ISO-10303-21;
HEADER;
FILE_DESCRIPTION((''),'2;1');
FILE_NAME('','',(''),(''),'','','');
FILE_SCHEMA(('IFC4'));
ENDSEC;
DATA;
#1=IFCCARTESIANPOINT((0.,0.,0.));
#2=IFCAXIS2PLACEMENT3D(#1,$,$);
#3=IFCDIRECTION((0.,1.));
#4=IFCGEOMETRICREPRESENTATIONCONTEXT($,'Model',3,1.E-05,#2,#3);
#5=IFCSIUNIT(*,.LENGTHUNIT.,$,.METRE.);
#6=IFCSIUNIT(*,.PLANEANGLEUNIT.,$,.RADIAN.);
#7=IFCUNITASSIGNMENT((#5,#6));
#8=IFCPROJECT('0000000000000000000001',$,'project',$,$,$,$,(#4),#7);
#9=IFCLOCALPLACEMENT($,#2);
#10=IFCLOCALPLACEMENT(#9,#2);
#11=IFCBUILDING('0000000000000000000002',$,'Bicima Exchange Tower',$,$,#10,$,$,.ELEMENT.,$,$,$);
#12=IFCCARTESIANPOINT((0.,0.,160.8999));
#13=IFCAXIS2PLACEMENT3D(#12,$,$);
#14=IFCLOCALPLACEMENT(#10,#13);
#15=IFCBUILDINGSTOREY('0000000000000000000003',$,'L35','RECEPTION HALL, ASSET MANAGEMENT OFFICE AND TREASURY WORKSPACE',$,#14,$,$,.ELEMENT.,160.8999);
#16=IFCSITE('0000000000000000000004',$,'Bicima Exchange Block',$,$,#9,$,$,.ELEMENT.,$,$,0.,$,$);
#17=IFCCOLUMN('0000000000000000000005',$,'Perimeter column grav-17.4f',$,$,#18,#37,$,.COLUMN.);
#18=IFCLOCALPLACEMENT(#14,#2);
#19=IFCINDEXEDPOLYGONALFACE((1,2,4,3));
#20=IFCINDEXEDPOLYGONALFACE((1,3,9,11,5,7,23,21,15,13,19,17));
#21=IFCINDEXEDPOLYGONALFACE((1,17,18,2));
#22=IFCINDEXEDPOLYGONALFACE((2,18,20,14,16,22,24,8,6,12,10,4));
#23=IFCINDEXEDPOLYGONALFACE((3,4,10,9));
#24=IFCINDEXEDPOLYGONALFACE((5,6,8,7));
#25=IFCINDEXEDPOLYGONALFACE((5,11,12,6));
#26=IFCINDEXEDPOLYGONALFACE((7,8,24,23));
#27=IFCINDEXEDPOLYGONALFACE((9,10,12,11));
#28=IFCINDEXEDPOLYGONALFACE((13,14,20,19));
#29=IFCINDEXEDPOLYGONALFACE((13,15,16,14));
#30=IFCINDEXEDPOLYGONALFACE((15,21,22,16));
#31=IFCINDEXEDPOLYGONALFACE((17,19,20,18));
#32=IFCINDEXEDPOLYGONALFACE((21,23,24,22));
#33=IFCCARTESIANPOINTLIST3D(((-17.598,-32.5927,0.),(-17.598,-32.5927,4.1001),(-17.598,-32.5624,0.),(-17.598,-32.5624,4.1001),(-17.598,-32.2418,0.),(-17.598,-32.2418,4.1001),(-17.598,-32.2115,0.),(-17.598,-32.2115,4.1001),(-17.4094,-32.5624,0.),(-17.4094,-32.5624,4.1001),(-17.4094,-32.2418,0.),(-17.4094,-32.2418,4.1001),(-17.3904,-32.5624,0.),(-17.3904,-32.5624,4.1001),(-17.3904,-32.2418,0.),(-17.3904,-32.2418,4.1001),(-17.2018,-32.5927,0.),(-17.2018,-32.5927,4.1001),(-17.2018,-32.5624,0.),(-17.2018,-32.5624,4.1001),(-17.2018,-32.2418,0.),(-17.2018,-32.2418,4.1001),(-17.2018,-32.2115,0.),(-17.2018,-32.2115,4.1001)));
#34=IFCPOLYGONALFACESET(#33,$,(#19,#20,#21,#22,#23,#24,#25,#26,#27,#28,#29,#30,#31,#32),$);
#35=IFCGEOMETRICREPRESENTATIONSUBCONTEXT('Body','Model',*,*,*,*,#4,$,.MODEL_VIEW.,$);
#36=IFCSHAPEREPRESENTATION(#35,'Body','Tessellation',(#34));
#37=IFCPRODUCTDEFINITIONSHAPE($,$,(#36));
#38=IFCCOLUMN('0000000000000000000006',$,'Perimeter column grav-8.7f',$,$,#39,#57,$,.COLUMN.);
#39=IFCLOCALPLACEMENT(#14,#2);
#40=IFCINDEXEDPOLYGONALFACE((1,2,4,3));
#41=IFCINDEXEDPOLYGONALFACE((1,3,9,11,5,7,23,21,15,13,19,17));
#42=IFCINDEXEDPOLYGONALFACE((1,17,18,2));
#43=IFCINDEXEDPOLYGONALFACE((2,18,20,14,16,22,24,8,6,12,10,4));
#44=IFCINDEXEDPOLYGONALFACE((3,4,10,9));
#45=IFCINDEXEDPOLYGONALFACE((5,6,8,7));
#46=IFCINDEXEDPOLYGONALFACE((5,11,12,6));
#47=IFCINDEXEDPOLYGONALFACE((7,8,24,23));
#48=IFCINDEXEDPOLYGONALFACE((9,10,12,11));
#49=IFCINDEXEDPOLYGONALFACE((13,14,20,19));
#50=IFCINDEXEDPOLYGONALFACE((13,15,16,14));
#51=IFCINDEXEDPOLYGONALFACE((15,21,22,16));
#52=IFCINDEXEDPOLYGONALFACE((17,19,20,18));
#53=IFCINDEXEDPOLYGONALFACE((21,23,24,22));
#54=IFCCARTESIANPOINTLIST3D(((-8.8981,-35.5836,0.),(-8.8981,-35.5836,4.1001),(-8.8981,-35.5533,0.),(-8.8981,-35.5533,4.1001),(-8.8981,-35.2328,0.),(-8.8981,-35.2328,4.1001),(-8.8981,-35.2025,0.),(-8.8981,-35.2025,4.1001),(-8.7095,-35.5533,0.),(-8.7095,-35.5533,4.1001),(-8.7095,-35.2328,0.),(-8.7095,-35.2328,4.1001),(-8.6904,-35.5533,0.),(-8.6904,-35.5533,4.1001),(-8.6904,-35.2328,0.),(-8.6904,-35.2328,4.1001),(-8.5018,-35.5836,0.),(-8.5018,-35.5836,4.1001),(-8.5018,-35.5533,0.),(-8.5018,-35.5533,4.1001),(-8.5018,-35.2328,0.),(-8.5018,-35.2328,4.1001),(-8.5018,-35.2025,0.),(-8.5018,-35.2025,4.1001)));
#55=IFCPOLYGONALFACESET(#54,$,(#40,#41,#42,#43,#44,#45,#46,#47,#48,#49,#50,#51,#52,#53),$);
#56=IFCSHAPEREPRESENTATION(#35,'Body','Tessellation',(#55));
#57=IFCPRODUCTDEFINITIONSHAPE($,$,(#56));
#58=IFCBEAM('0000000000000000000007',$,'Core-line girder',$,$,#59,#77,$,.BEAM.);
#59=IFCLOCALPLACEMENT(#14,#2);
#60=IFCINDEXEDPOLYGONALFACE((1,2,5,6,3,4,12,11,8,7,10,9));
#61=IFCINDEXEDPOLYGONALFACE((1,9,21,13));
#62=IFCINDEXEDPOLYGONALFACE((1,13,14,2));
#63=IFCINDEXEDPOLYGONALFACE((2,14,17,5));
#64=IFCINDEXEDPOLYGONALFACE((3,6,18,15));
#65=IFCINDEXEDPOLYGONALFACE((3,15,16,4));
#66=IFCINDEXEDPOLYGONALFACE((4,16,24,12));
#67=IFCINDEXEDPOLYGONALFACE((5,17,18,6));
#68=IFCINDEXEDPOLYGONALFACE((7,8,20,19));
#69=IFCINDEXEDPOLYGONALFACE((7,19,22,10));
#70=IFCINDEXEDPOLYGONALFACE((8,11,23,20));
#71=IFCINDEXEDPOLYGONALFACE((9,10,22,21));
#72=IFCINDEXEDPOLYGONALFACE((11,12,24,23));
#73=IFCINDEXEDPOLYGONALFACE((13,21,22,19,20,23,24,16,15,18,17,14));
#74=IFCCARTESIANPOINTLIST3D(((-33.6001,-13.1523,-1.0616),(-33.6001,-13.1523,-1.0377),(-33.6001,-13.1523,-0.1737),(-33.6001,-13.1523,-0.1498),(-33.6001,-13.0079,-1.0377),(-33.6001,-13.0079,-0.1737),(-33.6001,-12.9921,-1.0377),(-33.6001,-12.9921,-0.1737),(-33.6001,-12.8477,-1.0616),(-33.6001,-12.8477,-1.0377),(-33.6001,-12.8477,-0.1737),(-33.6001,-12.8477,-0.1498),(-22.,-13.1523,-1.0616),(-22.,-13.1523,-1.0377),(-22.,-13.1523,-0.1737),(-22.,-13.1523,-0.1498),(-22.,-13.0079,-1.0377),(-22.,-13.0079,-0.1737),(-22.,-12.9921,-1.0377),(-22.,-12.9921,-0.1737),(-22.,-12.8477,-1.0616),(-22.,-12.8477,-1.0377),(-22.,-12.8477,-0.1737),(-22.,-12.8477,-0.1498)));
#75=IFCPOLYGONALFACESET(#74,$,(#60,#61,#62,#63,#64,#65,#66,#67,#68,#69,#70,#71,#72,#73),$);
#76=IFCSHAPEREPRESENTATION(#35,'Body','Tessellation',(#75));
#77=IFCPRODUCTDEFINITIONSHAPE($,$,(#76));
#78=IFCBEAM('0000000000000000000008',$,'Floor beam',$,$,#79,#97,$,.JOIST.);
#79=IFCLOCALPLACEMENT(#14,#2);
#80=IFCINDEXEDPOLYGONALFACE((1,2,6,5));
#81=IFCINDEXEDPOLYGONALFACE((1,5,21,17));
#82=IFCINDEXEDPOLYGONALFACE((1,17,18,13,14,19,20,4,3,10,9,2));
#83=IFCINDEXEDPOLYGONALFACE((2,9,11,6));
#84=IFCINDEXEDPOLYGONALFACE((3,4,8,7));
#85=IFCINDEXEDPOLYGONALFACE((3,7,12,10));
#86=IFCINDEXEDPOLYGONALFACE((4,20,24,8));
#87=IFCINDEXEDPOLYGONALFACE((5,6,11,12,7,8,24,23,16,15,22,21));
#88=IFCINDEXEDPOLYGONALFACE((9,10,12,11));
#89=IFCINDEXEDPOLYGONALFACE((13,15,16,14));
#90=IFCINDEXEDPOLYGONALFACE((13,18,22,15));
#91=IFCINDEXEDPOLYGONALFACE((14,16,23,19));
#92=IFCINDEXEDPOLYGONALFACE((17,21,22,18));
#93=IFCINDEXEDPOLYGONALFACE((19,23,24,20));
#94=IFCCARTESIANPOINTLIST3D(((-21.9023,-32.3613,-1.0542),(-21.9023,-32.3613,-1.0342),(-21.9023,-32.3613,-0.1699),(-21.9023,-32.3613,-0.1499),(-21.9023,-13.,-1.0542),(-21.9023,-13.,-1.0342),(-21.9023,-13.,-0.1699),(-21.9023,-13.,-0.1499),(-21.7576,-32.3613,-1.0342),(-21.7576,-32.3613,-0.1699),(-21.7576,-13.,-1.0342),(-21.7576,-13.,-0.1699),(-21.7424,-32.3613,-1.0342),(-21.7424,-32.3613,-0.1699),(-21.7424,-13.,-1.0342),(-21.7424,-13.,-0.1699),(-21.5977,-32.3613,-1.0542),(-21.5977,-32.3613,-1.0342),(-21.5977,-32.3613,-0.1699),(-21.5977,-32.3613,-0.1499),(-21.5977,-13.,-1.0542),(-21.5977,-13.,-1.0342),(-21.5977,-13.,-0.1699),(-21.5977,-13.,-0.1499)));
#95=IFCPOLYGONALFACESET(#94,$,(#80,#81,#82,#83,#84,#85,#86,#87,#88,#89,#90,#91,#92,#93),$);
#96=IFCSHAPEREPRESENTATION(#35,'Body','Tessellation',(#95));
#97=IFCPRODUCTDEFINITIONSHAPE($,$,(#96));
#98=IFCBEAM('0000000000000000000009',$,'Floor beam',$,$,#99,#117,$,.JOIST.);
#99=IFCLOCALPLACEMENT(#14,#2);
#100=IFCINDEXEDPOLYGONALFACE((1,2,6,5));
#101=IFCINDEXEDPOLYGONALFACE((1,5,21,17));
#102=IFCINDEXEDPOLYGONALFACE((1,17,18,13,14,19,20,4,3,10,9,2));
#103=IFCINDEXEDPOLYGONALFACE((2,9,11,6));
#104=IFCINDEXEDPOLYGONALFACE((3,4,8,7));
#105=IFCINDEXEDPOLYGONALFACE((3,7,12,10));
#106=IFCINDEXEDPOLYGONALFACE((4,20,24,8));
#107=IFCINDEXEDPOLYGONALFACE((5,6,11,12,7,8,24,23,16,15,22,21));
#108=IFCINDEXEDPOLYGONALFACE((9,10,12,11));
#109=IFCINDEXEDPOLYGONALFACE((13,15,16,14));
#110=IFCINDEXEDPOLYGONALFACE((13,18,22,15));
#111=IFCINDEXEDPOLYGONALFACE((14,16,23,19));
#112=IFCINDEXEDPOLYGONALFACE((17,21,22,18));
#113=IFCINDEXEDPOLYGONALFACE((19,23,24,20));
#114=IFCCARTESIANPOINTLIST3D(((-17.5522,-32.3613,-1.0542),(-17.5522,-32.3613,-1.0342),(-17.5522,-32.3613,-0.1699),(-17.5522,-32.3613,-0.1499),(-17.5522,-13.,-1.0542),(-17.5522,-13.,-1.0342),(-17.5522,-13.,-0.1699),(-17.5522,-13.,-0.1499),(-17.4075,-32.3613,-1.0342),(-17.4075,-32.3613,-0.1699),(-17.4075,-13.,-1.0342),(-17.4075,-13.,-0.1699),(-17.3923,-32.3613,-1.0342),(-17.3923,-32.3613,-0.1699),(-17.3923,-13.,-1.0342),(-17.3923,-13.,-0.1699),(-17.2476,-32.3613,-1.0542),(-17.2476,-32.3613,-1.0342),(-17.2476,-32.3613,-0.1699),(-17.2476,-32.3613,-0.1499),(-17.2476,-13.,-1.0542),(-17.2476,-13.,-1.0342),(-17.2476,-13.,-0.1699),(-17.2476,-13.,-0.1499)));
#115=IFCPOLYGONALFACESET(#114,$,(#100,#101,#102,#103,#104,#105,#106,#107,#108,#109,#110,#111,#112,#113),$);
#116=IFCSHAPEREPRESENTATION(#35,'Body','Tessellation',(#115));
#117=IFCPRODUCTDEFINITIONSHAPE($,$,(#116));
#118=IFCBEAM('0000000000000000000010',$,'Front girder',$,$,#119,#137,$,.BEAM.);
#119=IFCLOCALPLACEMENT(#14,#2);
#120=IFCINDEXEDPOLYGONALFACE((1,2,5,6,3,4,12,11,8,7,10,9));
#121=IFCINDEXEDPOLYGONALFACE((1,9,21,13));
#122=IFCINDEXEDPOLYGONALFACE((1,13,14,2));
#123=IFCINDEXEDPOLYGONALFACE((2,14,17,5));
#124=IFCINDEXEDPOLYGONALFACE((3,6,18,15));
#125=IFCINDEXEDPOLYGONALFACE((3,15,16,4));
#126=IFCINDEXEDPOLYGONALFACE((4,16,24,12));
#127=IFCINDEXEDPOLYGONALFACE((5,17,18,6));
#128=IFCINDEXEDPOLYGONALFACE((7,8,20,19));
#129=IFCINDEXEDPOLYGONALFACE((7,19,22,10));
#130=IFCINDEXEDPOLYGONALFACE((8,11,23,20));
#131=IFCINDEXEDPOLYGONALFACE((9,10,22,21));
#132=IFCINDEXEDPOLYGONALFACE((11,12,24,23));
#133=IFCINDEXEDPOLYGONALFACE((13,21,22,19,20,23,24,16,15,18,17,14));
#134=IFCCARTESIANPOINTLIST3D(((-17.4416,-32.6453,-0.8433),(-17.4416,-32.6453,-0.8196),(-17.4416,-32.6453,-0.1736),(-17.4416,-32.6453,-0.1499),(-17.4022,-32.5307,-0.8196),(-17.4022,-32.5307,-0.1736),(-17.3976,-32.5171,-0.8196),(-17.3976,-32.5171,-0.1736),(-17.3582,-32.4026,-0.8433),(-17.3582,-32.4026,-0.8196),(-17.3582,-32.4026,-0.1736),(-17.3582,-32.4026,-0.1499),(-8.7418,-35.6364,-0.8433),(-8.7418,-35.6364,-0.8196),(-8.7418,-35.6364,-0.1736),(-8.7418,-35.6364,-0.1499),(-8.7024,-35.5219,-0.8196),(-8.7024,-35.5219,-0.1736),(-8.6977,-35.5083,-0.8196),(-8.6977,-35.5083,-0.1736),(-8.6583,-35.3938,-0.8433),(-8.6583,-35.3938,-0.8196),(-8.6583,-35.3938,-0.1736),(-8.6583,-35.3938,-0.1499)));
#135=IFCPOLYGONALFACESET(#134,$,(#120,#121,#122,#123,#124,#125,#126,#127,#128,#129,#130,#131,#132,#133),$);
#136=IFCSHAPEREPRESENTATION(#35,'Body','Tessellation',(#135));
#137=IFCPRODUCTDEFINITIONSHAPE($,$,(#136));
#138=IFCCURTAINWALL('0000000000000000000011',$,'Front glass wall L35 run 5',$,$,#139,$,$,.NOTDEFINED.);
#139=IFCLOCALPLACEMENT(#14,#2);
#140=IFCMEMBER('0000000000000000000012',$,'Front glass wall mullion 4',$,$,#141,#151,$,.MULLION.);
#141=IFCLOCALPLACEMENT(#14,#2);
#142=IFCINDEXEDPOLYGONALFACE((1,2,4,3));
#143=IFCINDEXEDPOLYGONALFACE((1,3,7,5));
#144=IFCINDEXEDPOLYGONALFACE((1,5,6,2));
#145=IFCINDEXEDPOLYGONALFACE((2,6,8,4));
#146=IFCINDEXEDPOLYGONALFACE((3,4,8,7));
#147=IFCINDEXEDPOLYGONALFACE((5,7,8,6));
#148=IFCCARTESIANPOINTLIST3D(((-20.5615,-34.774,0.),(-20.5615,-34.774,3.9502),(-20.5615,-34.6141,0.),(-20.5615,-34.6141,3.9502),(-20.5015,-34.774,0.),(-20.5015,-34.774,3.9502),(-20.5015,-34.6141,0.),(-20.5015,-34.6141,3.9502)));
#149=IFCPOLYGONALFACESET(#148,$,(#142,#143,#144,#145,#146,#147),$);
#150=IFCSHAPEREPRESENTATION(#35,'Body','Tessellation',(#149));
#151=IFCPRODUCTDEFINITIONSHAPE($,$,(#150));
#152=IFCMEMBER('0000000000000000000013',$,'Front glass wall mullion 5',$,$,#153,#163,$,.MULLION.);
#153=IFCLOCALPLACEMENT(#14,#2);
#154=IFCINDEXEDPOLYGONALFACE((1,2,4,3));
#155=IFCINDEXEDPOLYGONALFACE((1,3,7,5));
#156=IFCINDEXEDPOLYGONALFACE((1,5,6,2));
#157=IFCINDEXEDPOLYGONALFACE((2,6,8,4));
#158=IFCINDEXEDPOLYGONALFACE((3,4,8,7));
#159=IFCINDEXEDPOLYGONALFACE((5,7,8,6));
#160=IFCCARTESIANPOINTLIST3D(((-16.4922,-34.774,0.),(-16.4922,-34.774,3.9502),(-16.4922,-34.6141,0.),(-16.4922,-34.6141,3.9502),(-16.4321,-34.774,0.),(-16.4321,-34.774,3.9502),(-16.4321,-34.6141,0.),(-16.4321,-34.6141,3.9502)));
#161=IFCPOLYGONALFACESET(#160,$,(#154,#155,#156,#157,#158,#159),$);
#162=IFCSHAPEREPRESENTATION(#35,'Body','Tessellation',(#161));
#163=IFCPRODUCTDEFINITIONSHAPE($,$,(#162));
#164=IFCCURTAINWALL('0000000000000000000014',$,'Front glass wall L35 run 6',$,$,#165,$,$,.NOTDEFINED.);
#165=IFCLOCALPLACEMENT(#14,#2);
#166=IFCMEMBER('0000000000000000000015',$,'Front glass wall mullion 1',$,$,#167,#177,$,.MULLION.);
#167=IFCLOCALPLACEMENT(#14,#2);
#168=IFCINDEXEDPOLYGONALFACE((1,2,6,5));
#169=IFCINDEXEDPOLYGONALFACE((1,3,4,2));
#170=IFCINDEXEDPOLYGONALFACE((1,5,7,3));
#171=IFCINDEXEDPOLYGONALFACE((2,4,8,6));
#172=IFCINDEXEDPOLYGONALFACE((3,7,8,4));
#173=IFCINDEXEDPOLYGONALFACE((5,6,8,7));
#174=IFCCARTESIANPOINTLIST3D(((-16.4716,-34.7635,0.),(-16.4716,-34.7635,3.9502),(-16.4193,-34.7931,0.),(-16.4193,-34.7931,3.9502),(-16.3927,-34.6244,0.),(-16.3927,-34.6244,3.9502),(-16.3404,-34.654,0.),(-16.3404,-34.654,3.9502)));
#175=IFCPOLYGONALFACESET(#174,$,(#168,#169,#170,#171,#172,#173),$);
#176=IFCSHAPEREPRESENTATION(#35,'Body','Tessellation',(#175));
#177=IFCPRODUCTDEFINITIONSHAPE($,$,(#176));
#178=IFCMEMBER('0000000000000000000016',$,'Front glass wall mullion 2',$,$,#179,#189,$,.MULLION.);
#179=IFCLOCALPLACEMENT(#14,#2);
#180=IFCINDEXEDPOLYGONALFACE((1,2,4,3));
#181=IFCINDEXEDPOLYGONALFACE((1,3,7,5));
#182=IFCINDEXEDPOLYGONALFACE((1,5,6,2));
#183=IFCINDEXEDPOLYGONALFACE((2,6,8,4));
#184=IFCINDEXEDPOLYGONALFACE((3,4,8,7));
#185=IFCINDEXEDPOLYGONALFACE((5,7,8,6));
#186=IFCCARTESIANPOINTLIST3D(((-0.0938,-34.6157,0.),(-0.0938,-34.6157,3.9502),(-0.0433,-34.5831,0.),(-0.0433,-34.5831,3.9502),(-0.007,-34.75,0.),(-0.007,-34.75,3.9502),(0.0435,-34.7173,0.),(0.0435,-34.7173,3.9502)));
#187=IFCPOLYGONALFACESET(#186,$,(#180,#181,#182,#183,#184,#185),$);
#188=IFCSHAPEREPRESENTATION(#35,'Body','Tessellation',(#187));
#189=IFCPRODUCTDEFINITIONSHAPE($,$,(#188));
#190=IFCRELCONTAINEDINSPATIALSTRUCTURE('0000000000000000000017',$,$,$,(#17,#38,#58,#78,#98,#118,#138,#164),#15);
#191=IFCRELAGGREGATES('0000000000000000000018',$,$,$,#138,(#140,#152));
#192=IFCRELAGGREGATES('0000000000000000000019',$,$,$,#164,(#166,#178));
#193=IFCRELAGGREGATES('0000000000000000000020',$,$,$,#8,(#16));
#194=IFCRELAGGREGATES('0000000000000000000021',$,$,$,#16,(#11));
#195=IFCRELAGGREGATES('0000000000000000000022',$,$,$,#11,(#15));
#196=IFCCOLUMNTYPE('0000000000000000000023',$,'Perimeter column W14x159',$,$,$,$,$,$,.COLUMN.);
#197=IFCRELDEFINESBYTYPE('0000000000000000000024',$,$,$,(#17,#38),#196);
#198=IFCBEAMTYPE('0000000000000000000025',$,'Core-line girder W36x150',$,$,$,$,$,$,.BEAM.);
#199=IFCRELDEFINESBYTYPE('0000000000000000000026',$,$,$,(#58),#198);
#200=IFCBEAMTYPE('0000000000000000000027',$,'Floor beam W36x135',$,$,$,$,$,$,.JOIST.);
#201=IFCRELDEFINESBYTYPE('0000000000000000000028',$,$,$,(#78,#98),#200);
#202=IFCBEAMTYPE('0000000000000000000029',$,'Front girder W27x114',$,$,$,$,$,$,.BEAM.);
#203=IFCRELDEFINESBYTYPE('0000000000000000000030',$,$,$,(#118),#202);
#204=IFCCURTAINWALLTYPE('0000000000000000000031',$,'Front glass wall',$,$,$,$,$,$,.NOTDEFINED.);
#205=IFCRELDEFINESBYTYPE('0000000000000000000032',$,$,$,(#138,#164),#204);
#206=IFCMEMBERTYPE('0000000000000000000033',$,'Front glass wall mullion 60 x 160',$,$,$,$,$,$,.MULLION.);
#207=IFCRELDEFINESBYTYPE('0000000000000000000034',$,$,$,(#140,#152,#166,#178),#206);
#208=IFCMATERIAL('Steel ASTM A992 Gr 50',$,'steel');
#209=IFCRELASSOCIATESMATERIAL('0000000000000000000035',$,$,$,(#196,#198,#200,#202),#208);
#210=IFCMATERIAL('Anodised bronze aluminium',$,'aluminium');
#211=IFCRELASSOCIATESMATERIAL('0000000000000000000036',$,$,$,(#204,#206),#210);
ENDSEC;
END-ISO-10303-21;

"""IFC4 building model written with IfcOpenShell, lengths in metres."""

from ifc_helpers import new_model, si_unit, direction, frame, origin, origin_2d, place, context, subcontext, project, spatial, rectangle, i_section, extrude, material, material_profile, profile_set, type_object, element, aggregate, save


model = new_model("IFC4")

# Units and contexts
model_context = context("Model", 3, precision=1e-05, world=origin(), true_north=direction((0.0, 1.0)))
body_context = subcontext(model_context, "Body", "Model", "MODEL_VIEW")
ifc_project = project(units=[si_unit("LENGTHUNIT", "METRE"), si_unit("PLANEANGLEUNIT", "RADIAN")], contexts=[model_context])

# Site, building, storey
site_placement = place(None, origin())
site = spatial("IfcSite", under=ifc_project, at=site_placement, Name="Bicima Exchange Block", CompositionType="ELEMENT", RefElevation=0.0)
building_placement = place(site_placement, origin())
building = spatial("IfcBuilding", under=site, at=building_placement, Name="Bicima Exchange Tower", CompositionType="ELEMENT")
storey_placement = place(building_placement, frame((0.0, 0.0, 160.8999)))
storey = spatial("IfcBuildingStorey", under=building, at=storey_placement, Name="L35", Description="RECEPTION HALL, ASSET MANAGEMENT OFFICE AND TREASURY WORKSPACE", CompositionType="ELEMENT", Elevation=160.8999)

# Columns
ifc_material_1 = material(Name="Steel ASTM A992 Gr 50", Category="steel")
ifc_material_profile_1 = material_profile(ifc_material_1, i_section(OverallWidth=0.3962, OverallDepth=0.3811, WebThickness=0.019, FlangeThickness=0.0303, at=origin_2d()))
ifc_profile_set_1 = profile_set([ifc_material_profile_1], Name="Steel ASTM A992 Gr 50")
column_type = type_object("IfcColumnType", Name="Perimeter column W14x159", PredefinedType="COLUMN", material=ifc_profile_set_1)
for number, where, z_axis, x_axis, name in (
    (1, (-17.3999, -32.4021, 0.0), (0.0, 0.0, 1.0), (1.0, 0.0, 0.0), "Perimeter column grav-17.4f"),
    (2, (-8.7, -35.3931, 0.0), (0.0, 0.0, 1.0), (1.0, 0.0, 0.0), "Perimeter column grav-8.7f"),
):
    element("IfcColumn", number, at=place(storey_placement, frame(where, z_axis=z_axis, x_axis=x_axis)), inside=storey, type_object=column_type, Name=name, PredefinedType="COLUMN", context=body_context, shape_type="SweptSolid", body=[
        extrude(i_section(OverallWidth=0.3962, OverallDepth=0.3811, WebThickness=0.019, FlangeThickness=0.0303, at=origin_2d()), origin(), (0.0, 0.0, 1.0), 4.1001),
    ])

# Beams
ifc_material_profile_2 = material_profile(ifc_material_1, i_section(OverallWidth=0.3047, OverallDepth=0.9119, WebThickness=0.0159, FlangeThickness=0.0239, at=origin_2d()))
ifc_profile_set_2 = profile_set([ifc_material_profile_2], Name="Steel ASTM A992 Gr 50")
beam_type_1 = type_object("IfcBeamType", Name="Core-line girder W36x150", PredefinedType="BEAM", material=ifc_profile_set_2)
beam_1_placement = place(storey_placement, frame((-22.0, -13.0, -0.6057), z_axis=(-1.0, 0.0, 0.0), x_axis=(0.0, -1.0, 0.0)))
element("IfcBeam", 3, at=beam_1_placement, inside=storey, type_object=beam_type_1, Name="Core-line girder", PredefinedType="BEAM", context=body_context, shape_type="SweptSolid", body=[
    extrude(i_section(OverallWidth=0.3047, OverallDepth=0.9119, WebThickness=0.0159, FlangeThickness=0.0239, at=origin_2d()), origin(), (0.0, 0.0, 1.0), 11.6001),
])
ifc_material_profile_3 = material_profile(ifc_material_1, i_section(OverallWidth=0.3047, OverallDepth=0.9043, WebThickness=0.0151, FlangeThickness=0.02, at=origin_2d()))
ifc_profile_set_3 = profile_set([ifc_material_profile_3], Name="Steel ASTM A992 Gr 50")
beam_type_2 = type_object("IfcBeamType", Name="Floor beam W36x135", PredefinedType="JOIST", material=ifc_profile_set_3)
for number, where, z_axis, x_axis, name in (
    (4, (-21.75, -13.0, -0.6021), (0.0, -1.0, 0.0), (1.0, 0.0, 0.0), "Floor beam"),
    (5, (-17.3999, -13.0, -0.6021), (0.0, -1.0, 0.0), (1.0, 0.0, 0.0), "Floor beam"),
):
    element("IfcBeam", number, at=place(storey_placement, frame(where, z_axis=z_axis, x_axis=x_axis)), inside=storey, type_object=beam_type_2, Name=name, PredefinedType="JOIST", context=body_context, shape_type="SweptSolid", body=[
        extrude(i_section(OverallWidth=0.3047, OverallDepth=0.9043, WebThickness=0.0151, FlangeThickness=0.02, at=origin_2d()), origin(), (0.0, 0.0, 1.0), 19.3613),
    ])
ifc_material_profile_4 = material_profile(ifc_material_1, i_section(OverallWidth=0.2566, OverallDepth=0.6934, WebThickness=0.0144, FlangeThickness=0.0237, at=origin_2d()))
ifc_profile_set_4 = profile_set([ifc_material_profile_4], Name="Steel ASTM A992 Gr 50")
beam_type_3 = type_object("IfcBeamType", Name="Front girder W27x114", PredefinedType="BEAM", material=ifc_profile_set_4)
beam_2_placement = place(storey_placement, frame((-17.3999, -32.5239, -0.4966), z_axis=(0.945666, -0.325138, 0.0), x_axis=(0.325138, 0.945666, 0.0)))
element("IfcBeam", 6, at=beam_2_placement, inside=storey, type_object=beam_type_3, Name="Front girder", PredefinedType="BEAM", context=body_context, shape_type="SweptSolid", body=[
    extrude(i_section(OverallWidth=0.2566, OverallDepth=0.6934, WebThickness=0.0144, FlangeThickness=0.0237, at=origin_2d()), origin(), (0.0, 0.0, 1.0), 9.1997),
])

# Curtain walls, members
ifc_material_2 = material(Name="Anodised bronze aluminium", Category="aluminium")
curtain_wall_type = type_object("IfcCurtainWallType", Name="Front glass wall", PredefinedType="NOTDEFINED", material=ifc_material_2)
curtain_wall_1_placement = place(storey_placement, origin())
curtain_wall_1 = element("IfcCurtainWall", 7, at=curtain_wall_1_placement, inside=storey, type_object=curtain_wall_type, Name="Front glass wall L35 run 5", PredefinedType="NOTDEFINED")
ifc_material_profile_5 = material_profile(ifc_material_2, rectangle(XDim=0.1599, YDim=0.0601, at=origin_2d()))
ifc_profile_set_5 = profile_set([ifc_material_profile_5], Name="Anodised bronze aluminium")
member_type_1 = type_object("IfcMemberType", Name="Front glass wall mullion 60 x 160", PredefinedType="MULLION", material=ifc_profile_set_5)
member_1_placement = place(storey_placement, frame((-20.5315, -34.6941, 0.0), z_axis=(0.0, 0.0, 1.0), x_axis=(0.0, 1.0, 0.0)))
member_1 = element("IfcMember", 8, at=member_1_placement, type_object=member_type_1, Name="Front glass wall mullion 4", PredefinedType="MULLION", context=body_context, shape_type="SweptSolid", body=[
    extrude(rectangle(XDim=0.1599, YDim=0.0601, at=origin_2d()), origin(), (0.0, 0.0, 1.0), 3.9502),
])
member_2_placement = place(storey_placement, frame((-16.4622, -34.6941, 0.0), z_axis=(0.0, 0.0, 1.0), x_axis=(0.0, 1.0, 0.0)))
member_2 = element("IfcMember", 9, at=member_2_placement, type_object=member_type_1, Name="Front glass wall mullion 5", PredefinedType="MULLION", context=body_context, shape_type="SweptSolid", body=[
    extrude(rectangle(XDim=0.1599, YDim=0.0601, at=origin_2d()), origin(), (0.0, 0.0, 1.0), 3.9502),
])
curtain_wall_2_placement = place(storey_placement, origin())
curtain_wall_2 = element("IfcCurtainWall", 10, at=curtain_wall_2_placement, inside=storey, type_object=curtain_wall_type, Name="Front glass wall L35 run 6", PredefinedType="NOTDEFINED")
member_3_placement = place(storey_placement, frame((-16.406, -34.7087, 0.0), z_axis=(0.0, 0.0, 1.0), x_axis=(0.493395, 0.869805, 0.0)))
member_3 = element("IfcMember", 11, at=member_3_placement, type_object=member_type_1, Name="Front glass wall mullion 1", PredefinedType="MULLION", context=body_context, shape_type="SweptSolid", body=[
    extrude(rectangle(XDim=0.1599, YDim=0.0601, at=origin_2d()), origin(), (0.0, 0.0, 1.0), 3.9502),
])
member_4_placement = place(storey_placement, frame((-0.0251, -34.6665, 0.0), z_axis=(0.0, 0.0, 1.0), x_axis=(-0.542897, 0.839799, 0.0)))
member_4 = element("IfcMember", 12, at=member_4_placement, type_object=member_type_1, Name="Front glass wall mullion 2", PredefinedType="MULLION", context=body_context, shape_type="SweptSolid", body=[
    extrude(rectangle(XDim=0.1599, YDim=0.0601, at=origin_2d()), origin(), (0.0, 0.0, 1.0), 3.9502),
])

aggregate(curtain_wall_1, [member_1, member_2])
aggregate(curtain_wall_2, [member_3, member_4])

save(model, "model.ifc")
